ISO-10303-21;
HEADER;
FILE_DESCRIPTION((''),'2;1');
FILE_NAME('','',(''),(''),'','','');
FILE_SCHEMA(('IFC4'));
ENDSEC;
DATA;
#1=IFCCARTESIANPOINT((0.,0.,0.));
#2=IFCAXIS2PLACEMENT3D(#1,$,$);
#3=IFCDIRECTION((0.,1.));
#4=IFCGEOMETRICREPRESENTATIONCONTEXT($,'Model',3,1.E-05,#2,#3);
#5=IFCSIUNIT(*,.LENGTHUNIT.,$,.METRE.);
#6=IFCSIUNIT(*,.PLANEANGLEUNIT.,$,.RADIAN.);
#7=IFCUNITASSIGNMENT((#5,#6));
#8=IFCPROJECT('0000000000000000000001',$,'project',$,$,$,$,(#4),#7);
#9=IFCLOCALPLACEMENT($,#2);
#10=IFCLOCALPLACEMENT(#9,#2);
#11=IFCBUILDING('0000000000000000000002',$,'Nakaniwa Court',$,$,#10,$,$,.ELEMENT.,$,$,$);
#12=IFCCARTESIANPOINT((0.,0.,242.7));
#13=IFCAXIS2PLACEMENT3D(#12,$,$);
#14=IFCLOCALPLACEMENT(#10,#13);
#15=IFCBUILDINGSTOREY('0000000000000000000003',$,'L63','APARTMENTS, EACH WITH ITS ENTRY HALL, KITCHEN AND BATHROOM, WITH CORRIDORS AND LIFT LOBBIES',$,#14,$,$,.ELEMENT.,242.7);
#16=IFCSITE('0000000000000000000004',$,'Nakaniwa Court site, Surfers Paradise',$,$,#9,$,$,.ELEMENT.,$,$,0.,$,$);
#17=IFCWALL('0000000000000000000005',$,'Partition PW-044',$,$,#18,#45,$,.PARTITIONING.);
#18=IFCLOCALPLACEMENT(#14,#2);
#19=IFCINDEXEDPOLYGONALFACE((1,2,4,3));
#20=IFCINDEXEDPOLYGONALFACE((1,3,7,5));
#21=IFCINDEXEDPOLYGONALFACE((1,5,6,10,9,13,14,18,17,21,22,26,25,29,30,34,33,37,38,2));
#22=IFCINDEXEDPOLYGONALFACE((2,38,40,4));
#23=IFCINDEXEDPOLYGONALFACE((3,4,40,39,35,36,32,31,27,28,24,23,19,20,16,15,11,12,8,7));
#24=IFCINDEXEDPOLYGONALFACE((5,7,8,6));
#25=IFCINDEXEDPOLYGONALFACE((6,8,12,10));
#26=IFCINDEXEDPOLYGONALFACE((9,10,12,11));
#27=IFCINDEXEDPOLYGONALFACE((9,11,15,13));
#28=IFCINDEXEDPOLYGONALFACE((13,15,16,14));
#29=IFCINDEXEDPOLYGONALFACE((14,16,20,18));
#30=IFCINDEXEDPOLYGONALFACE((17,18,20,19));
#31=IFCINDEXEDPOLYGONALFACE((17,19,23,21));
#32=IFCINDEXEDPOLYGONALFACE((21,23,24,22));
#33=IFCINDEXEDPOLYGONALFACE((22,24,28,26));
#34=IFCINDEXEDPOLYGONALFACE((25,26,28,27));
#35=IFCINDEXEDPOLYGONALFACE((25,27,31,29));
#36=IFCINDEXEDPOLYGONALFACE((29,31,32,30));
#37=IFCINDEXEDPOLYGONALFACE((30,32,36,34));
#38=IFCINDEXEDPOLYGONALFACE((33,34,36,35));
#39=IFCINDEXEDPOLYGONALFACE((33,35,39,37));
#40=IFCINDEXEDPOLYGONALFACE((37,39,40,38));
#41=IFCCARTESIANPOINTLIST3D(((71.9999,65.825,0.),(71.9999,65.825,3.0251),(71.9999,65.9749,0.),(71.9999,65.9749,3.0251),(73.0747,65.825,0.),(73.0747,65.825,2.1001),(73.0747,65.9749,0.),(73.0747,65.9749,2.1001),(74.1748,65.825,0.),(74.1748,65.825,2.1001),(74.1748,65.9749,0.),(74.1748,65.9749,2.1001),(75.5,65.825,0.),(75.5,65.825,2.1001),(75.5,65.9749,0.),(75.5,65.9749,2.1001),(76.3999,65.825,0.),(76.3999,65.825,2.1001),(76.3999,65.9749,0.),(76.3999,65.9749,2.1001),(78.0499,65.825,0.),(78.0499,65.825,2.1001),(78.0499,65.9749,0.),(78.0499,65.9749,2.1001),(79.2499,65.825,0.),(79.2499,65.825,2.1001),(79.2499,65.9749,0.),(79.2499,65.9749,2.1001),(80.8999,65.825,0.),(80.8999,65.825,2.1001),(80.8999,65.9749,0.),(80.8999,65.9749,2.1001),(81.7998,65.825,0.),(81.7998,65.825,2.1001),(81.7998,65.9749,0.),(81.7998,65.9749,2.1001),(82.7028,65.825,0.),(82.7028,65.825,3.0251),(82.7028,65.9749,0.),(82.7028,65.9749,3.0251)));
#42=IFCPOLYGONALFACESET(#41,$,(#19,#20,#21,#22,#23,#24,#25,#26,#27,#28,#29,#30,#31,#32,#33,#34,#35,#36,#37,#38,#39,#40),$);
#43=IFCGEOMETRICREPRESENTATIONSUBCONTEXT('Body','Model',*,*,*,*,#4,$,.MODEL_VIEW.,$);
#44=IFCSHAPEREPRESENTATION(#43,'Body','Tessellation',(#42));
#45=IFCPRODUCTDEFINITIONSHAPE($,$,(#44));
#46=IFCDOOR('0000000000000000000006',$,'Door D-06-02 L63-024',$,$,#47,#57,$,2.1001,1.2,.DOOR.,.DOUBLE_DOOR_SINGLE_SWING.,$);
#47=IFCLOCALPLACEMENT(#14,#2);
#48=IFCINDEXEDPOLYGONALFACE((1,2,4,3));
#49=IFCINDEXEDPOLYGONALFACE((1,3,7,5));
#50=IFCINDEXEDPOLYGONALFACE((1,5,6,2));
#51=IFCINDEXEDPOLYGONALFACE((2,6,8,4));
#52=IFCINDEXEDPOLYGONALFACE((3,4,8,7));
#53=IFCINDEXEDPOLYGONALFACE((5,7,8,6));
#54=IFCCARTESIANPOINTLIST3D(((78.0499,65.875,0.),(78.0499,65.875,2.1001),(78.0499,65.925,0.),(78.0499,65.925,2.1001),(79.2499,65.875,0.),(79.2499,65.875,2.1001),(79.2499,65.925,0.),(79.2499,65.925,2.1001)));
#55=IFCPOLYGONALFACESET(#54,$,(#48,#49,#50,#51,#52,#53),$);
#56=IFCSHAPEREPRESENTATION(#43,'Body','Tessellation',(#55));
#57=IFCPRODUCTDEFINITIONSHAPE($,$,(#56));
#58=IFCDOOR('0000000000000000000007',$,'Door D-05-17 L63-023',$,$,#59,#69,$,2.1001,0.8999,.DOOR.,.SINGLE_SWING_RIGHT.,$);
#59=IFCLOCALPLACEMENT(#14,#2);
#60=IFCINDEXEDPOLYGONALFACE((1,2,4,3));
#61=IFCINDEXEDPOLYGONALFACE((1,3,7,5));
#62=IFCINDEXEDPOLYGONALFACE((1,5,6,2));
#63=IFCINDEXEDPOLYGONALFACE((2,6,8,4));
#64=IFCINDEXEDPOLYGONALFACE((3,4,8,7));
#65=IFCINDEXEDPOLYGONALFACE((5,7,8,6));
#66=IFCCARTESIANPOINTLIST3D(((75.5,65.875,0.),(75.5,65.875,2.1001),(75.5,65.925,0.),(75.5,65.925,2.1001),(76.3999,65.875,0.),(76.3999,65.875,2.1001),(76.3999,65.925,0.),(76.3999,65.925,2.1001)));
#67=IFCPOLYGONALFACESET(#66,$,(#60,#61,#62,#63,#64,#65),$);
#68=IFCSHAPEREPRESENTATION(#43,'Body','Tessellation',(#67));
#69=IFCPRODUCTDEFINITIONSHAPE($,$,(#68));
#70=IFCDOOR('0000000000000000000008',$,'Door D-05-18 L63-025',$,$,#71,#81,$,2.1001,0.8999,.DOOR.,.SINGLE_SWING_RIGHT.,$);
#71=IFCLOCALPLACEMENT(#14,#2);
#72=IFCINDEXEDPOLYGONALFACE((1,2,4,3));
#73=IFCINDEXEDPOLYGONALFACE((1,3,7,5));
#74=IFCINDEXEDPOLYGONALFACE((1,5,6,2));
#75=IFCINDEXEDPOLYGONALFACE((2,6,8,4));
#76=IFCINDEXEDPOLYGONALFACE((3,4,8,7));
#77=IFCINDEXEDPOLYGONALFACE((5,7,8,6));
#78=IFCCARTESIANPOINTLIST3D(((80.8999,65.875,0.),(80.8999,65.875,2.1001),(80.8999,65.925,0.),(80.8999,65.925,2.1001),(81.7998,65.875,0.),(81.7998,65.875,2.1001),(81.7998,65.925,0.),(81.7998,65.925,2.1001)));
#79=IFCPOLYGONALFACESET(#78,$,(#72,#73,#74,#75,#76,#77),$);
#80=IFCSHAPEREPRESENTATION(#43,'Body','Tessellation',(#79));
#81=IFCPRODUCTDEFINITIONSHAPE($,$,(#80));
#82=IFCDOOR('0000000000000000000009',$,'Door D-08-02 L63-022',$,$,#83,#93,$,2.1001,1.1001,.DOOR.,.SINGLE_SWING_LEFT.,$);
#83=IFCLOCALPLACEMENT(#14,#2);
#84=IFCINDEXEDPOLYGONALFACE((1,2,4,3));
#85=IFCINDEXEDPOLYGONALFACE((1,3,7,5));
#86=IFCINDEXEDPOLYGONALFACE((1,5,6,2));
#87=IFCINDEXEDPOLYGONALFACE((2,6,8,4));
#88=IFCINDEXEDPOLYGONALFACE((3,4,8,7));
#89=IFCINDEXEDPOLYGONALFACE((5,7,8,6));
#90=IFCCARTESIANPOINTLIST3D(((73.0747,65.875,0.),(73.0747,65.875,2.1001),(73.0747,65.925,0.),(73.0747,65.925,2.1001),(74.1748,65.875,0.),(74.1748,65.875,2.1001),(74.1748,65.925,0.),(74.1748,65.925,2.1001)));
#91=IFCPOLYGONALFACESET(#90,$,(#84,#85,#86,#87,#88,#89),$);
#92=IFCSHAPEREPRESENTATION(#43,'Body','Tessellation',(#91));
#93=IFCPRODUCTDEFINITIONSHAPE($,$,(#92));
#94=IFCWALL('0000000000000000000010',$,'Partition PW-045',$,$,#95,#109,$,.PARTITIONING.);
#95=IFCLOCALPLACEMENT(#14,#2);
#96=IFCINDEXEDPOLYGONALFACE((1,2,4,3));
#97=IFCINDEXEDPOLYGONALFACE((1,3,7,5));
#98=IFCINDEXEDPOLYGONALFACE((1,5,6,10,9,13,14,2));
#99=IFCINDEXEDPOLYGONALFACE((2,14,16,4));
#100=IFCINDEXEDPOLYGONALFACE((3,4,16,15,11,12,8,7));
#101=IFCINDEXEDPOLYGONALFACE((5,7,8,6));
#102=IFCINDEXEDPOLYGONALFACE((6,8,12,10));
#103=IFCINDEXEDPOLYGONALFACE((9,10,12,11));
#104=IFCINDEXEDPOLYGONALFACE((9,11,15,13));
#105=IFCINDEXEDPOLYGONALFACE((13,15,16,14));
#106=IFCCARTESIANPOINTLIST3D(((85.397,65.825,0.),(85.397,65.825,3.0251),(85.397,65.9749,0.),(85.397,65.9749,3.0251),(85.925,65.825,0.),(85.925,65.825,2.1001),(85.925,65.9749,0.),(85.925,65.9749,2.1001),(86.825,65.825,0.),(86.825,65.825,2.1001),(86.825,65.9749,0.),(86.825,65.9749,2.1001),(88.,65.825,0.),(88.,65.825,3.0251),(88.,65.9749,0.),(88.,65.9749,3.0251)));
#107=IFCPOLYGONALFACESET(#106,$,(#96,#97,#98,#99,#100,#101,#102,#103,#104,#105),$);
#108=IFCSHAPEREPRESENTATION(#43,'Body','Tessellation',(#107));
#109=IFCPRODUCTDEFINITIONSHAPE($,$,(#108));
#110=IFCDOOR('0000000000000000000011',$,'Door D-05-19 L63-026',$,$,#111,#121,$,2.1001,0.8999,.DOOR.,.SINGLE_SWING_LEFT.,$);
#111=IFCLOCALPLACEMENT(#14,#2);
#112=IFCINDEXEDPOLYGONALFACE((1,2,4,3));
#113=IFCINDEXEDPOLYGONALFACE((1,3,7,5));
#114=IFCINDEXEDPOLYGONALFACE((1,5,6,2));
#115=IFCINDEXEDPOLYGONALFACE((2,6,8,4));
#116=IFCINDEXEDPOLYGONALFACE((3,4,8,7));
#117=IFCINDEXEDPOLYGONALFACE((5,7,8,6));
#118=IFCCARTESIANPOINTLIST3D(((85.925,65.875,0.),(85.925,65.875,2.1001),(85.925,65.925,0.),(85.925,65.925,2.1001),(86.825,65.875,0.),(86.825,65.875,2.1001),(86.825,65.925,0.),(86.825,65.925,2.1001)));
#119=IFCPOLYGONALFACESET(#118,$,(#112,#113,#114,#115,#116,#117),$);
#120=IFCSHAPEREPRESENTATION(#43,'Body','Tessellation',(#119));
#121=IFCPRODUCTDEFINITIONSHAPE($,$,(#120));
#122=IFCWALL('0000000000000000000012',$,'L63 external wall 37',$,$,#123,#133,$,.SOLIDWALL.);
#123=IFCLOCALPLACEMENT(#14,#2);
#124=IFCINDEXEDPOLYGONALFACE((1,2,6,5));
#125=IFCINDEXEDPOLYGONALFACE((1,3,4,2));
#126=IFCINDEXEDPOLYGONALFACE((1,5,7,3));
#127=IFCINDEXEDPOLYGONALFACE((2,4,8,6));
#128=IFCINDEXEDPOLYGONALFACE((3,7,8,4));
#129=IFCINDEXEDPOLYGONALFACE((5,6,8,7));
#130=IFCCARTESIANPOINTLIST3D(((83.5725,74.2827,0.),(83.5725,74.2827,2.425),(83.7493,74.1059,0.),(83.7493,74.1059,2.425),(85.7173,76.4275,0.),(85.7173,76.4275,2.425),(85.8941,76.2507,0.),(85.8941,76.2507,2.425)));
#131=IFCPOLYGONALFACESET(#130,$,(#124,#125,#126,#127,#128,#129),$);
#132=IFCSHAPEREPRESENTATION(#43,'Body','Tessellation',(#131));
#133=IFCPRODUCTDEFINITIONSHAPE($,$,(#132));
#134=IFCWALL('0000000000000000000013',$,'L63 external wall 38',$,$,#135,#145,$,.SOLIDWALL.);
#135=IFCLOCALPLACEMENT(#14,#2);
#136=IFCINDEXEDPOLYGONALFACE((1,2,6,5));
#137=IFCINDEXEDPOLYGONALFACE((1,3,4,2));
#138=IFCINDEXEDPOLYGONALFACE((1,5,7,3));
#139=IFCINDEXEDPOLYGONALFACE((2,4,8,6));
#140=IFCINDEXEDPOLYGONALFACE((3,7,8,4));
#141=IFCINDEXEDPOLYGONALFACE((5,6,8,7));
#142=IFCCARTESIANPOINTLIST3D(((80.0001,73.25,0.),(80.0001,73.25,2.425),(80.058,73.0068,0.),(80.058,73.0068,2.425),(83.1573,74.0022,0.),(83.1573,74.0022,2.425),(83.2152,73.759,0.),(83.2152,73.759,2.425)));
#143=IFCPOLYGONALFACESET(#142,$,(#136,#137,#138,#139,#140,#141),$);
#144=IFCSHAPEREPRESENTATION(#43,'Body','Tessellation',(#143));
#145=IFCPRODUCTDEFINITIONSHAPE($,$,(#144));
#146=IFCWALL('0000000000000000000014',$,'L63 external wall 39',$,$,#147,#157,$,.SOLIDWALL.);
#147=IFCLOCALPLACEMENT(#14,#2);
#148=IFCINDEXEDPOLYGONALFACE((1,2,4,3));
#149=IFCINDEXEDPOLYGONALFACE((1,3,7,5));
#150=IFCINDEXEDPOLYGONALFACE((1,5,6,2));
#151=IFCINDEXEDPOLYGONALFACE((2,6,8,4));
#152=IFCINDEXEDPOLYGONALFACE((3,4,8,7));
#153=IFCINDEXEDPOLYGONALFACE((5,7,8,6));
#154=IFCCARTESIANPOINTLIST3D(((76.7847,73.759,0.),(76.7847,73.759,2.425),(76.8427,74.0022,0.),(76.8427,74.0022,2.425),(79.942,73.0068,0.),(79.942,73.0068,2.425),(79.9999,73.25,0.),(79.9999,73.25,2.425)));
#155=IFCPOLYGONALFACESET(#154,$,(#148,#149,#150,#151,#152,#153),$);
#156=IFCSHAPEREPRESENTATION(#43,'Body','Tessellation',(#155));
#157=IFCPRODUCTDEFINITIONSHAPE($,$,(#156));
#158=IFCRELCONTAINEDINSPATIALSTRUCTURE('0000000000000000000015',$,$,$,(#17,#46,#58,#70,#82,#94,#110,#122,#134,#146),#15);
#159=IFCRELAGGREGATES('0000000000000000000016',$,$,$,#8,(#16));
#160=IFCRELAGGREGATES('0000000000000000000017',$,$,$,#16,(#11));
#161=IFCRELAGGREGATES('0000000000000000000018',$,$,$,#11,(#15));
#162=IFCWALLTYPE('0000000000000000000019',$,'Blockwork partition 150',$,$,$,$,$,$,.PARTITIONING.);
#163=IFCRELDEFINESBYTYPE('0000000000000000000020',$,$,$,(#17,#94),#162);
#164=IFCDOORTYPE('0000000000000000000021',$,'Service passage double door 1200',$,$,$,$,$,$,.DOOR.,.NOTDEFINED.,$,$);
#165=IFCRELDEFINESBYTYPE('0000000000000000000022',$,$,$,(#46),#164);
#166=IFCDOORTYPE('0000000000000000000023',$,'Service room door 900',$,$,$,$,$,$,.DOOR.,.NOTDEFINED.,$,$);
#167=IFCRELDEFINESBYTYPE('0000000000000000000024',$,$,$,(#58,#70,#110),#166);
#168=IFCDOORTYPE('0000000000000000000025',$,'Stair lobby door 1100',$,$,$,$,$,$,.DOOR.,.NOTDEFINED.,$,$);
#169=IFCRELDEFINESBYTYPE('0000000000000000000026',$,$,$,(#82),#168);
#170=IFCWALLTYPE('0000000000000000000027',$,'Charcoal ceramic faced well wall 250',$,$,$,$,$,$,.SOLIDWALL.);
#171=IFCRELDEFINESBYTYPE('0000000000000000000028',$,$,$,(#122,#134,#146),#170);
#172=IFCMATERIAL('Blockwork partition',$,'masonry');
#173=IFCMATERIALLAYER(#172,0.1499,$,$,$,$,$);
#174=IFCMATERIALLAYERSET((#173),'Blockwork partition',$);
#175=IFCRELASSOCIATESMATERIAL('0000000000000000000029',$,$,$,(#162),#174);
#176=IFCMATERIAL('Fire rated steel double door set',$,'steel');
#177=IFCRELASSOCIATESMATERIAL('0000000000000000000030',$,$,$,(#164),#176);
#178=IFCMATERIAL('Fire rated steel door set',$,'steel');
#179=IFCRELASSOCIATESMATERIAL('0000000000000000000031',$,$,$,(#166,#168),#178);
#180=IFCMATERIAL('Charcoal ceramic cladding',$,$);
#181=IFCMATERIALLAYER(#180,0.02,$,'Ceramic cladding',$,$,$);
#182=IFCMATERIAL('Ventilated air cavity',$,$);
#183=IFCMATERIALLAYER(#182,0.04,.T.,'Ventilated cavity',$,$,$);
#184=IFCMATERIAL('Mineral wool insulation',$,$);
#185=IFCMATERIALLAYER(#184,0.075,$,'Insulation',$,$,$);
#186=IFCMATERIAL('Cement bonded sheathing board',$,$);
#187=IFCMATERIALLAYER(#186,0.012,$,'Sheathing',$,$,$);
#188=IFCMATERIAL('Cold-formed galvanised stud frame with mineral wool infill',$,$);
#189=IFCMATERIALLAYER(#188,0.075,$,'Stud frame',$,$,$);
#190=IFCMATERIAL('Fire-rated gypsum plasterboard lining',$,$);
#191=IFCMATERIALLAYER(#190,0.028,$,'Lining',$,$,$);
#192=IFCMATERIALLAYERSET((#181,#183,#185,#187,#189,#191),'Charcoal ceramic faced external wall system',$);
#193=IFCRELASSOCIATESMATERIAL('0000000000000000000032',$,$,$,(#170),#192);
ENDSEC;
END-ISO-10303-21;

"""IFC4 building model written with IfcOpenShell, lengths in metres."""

from ifc_helpers import new_model, si_unit, direction, frame, frame_2d, origin, place, context, subcontext, project, spatial, rectangle, extrude, material, layer, layer_set, type_object, element, fill, save


model = new_model("IFC4")

# Units and contexts
model_context = context("Model", 3, precision=1e-05, world=origin(), true_north=direction((0.0, 1.0)))
body_context = subcontext(model_context, "Body", "Model", "MODEL_VIEW")
ifc_project = project(units=[si_unit("LENGTHUNIT", "METRE"), si_unit("PLANEANGLEUNIT", "RADIAN")], contexts=[model_context])

# Site, building, storey
site_placement = place(None, origin())
site = spatial("IfcSite", under=ifc_project, at=site_placement, Name="Nakaniwa Court site, Surfers Paradise", CompositionType="ELEMENT", RefElevation=0.0)
building_placement = place(site_placement, origin())
building = spatial("IfcBuilding", under=site, at=building_placement, Name="Nakaniwa Court", CompositionType="ELEMENT")
storey_placement = place(building_placement, frame((0.0, 0.0, 242.7)))
storey = spatial("IfcBuildingStorey", under=building, at=storey_placement, Name="L63", Description="APARTMENTS, EACH WITH ITS ENTRY HALL, KITCHEN AND BATHROOM, WITH CORRIDORS AND LIFT LOBBIES", CompositionType="ELEMENT", Elevation=242.7)

# Shared definitions
ifc_material_1 = material(Name="Blockwork partition", Category="masonry")
ifc_layer_1 = layer(ifc_material_1, 0.1499)
ifc_layer_set_1 = layer_set([ifc_layer_1], Name="Blockwork partition")
wall_type_1 = type_object("IfcWallType", Name="Blockwork partition 150", PredefinedType="PARTITIONING", material=ifc_layer_set_1)

# Wall, openings, doors
wall_1_placement = place(storey_placement, frame((82.7029, 65.8999, 0.0), z_axis=(0.0, 0.0, 1.0), x_axis=(-1.0, 0.0, 0.0)))
wall_1 = element("IfcWall", 1, at=wall_1_placement, inside=storey, type_object=wall_type_1, Name="Partition PW-044", PredefinedType="PARTITIONING", context=body_context, shape_type="SweptSolid", body=[
    extrude(rectangle(XDim=10.7029, YDim=0.1499, at=frame_2d((5.3516, 0.0))), origin(), (0.0, 0.0, 1.0), 3.0251),
])
opening_1_placement = place(wall_1_placement, frame((8.5281, 0.0, 0.0)))
opening_1 = element("IfcOpeningElement", 2, at=opening_1_placement, cuts=wall_1, PredefinedType="OPENING", context=body_context, shape_type="SweptSolid", body=[
    extrude(rectangle(XDim=1.1001, YDim=2.1001, at=frame_2d((0.55, 1.05))), frame((0.0, 0.085, 0.0), z_axis=(0.0, -1.0, 0.0), x_axis=(1.0, 0.0, 0.0)), (0.0, 0.0, 1.0), 0.1699),
])
opening_2_placement = place(wall_1_placement, frame((6.303, 0.0, 0.0)))
opening_2 = element("IfcOpeningElement", 3, at=opening_2_placement, cuts=wall_1, PredefinedType="OPENING", context=body_context, shape_type="SweptSolid", body=[
    extrude(rectangle(XDim=0.8999, YDim=2.1001, at=frame_2d((0.45, 1.05))), frame((0.0, 0.085, 0.0), z_axis=(0.0, -1.0, 0.0), x_axis=(1.0, 0.0, 0.0)), (0.0, 0.0, 1.0), 0.1699),
])
opening_3_placement = place(wall_1_placement, frame((3.4529, 0.0, 0.0)))
opening_3 = element("IfcOpeningElement", 4, at=opening_3_placement, cuts=wall_1, PredefinedType="OPENING", context=body_context, shape_type="SweptSolid", body=[
    extrude(rectangle(XDim=1.2, YDim=2.1001, at=frame_2d((0.6001, 1.05))), frame((0.0, 0.085, 0.0), z_axis=(0.0, -1.0, 0.0), x_axis=(1.0, 0.0, 0.0)), (0.0, 0.0, 1.0), 0.1699),
])
opening_4_placement = place(wall_1_placement, frame((0.9031, 0.0, 0.0)))
opening_4 = element("IfcOpeningElement", 5, at=opening_4_placement, cuts=wall_1, PredefinedType="OPENING", context=body_context, shape_type="SweptSolid", body=[
    extrude(rectangle(XDim=0.8999, YDim=2.1001, at=frame_2d((0.45, 1.05))), frame((0.0, 0.085, 0.0), z_axis=(0.0, -1.0, 0.0), x_axis=(1.0, 0.0, 0.0)), (0.0, 0.0, 1.0), 0.1699),
])
ifc_material_2 = material(Name="Fire rated steel double door set", Category="steel")
door_type_1 = type_object("IfcDoorType", Name="Service passage double door 1200", OperationType="NOTDEFINED", PredefinedType="DOOR", material=ifc_material_2)
door_1_placement = place(opening_3_placement, origin())
door_1 = element("IfcDoor", 6, at=door_1_placement, inside=storey, type_object=door_type_1, Name="Door D-06-02 L63-024", OperationType="DOUBLE_DOOR_SINGLE_SWING", OverallHeight=2.1001, OverallWidth=1.2, PredefinedType="DOOR", context=body_context, shape_type="SweptSolid", body=[
    extrude(rectangle(XDim=1.2, YDim=2.1001, at=frame_2d((0.6001, 1.05))), frame((0.0, 0.0249, 0.0), z_axis=(0.0, -1.0, 0.0), x_axis=(1.0, 0.0, 0.0)), (0.0, 0.0, 1.0), 0.05),
])
fill(opening_3, door_1)
ifc_material_3 = material(Name="Fire rated steel door set", Category="steel")
door_type_2 = type_object("IfcDoorType", Name="Service room door 900", OperationType="NOTDEFINED", PredefinedType="DOOR", material=ifc_material_3)
door_2_placement = place(opening_2_placement, origin())
door_2 = element("IfcDoor", 7, at=door_2_placement, inside=storey, type_object=door_type_2, Name="Door D-05-17 L63-023", OperationType="SINGLE_SWING_RIGHT", OverallHeight=2.1001, OverallWidth=0.8999, PredefinedType="DOOR", context=body_context, shape_type="SweptSolid", body=[
    extrude(rectangle(XDim=0.8999, YDim=2.1001, at=frame_2d((0.45, 1.05))), frame((0.0, 0.0249, 0.0), z_axis=(0.0, -1.0, 0.0), x_axis=(1.0, 0.0, 0.0)), (0.0, 0.0, 1.0), 0.05),
])
fill(opening_2, door_2)
door_3_placement = place(opening_4_placement, origin())
door_3 = element("IfcDoor", 8, at=door_3_placement, inside=storey, type_object=door_type_2, Name="Door D-05-18 L63-025", OperationType="SINGLE_SWING_RIGHT", OverallHeight=2.1001, OverallWidth=0.8999, PredefinedType="DOOR", context=body_context, shape_type="SweptSolid", body=[
    extrude(rectangle(XDim=0.8999, YDim=2.1001, at=frame_2d((0.45, 1.05))), frame((0.0, 0.0249, 0.0), z_axis=(0.0, -1.0, 0.0), x_axis=(1.0, 0.0, 0.0)), (0.0, 0.0, 1.0), 0.05),
])
fill(opening_4, door_3)
door_type_3 = type_object("IfcDoorType", Name="Stair lobby door 1100", OperationType="NOTDEFINED", PredefinedType="DOOR", material=ifc_material_3)
door_4_placement = place(opening_1_placement, origin())
door_4 = element("IfcDoor", 9, at=door_4_placement, inside=storey, type_object=door_type_3, Name="Door D-08-02 L63-022", OperationType="SINGLE_SWING_LEFT", OverallHeight=2.1001, OverallWidth=1.1001, PredefinedType="DOOR", context=body_context, shape_type="SweptSolid", body=[
    extrude(rectangle(XDim=1.1001, YDim=2.1001, at=frame_2d((0.55, 1.05))), frame((0.0, 0.0249, 0.0), z_axis=(0.0, -1.0, 0.0), x_axis=(1.0, 0.0, 0.0)), (0.0, 0.0, 1.0), 0.05),
])
fill(opening_1, door_4)

# Wall, opening, door
wall_2_placement = place(storey_placement, frame((88.0, 65.8999, 0.0), z_axis=(0.0, 0.0, 1.0), x_axis=(-1.0, 0.0, 0.0)))
wall_2 = element("IfcWall", 10, at=wall_2_placement, inside=storey, type_object=wall_type_1, Name="Partition PW-045", PredefinedType="PARTITIONING", context=body_context, shape_type="SweptSolid", body=[
    extrude(rectangle(XDim=2.603, YDim=0.1499, at=frame_2d((1.3015, 0.0))), origin(), (0.0, 0.0, 1.0), 3.0251),
])
opening_5_placement = place(wall_2_placement, frame((1.175, 0.0, 0.0)))
opening_5 = element("IfcOpeningElement", 11, at=opening_5_placement, cuts=wall_2, PredefinedType="OPENING", context=body_context, shape_type="SweptSolid", body=[
    extrude(rectangle(XDim=0.8999, YDim=2.1001, at=frame_2d((0.45, 1.05))), frame((0.0, 0.085, 0.0), z_axis=(0.0, -1.0, 0.0), x_axis=(1.0, 0.0, 0.0)), (0.0, 0.0, 1.0), 0.1699),
])
door_5_placement = place(opening_5_placement, origin())
door_5 = element("IfcDoor", 12, at=door_5_placement, inside=storey, type_object=door_type_2, Name="Door D-05-19 L63-026", OperationType="SINGLE_SWING_LEFT", OverallHeight=2.1001, OverallWidth=0.8999, PredefinedType="DOOR", context=body_context, shape_type="SweptSolid", body=[
    extrude(rectangle(XDim=0.8999, YDim=2.1001, at=frame_2d((0.45, 1.05))), frame((0.0, 0.0249, 0.0), z_axis=(0.0, -1.0, 0.0), x_axis=(1.0, 0.0, 0.0)), (0.0, 0.0, 1.0), 0.05),
])
fill(opening_5, door_5)

# Walls
ifc_material_4 = material(Name="Charcoal ceramic cladding")
ifc_layer_2 = layer(ifc_material_4, 0.02, Name="Ceramic cladding")
ifc_material_5 = material(Name="Ventilated air cavity")
ifc_layer_3 = layer(ifc_material_5, 0.04, ventilated=True, Name="Ventilated cavity")
ifc_material_6 = material(Name="Mineral wool insulation")
ifc_layer_4 = layer(ifc_material_6, 0.075, Name="Insulation")
ifc_material_7 = material(Name="Cement bonded sheathing board")
ifc_layer_5 = layer(ifc_material_7, 0.012, Name="Sheathing")
ifc_material_8 = material(Name="Cold-formed galvanised stud frame with mineral wool infill")
ifc_layer_6 = layer(ifc_material_8, 0.075, Name="Stud frame")
ifc_material_9 = material(Name="Fire-rated gypsum plasterboard lining")
ifc_layer_7 = layer(ifc_material_9, 0.028, Name="Lining")
ifc_layer_set_2 = layer_set([ifc_layer_2, ifc_layer_3, ifc_layer_4, ifc_layer_5, ifc_layer_6, ifc_layer_7], Name="Charcoal ceramic faced external wall system")
wall_type_2 = type_object("IfcWallType", Name="Charcoal ceramic faced well wall 250", PredefinedType="SOLIDWALL", material=ifc_layer_set_2)
wall_3_placement = place(storey_placement, frame((85.8057, 76.3391, 0.0), z_axis=(0.0, 0.0, 1.0), x_axis=(-0.707107, -0.707107, 0.0)))
element("IfcWall", 13, at=wall_3_placement, inside=storey, type_object=wall_type_2, Name="L63 external wall 37", PredefinedType="SOLIDWALL", context=body_context, shape_type="SweptSolid", body=[
    extrude(rectangle(XDim=3.0332, YDim=0.25, at=frame_2d((1.5166, 0.0))), origin(), (0.0, 0.0, 1.0), 2.425),
])
for number, where, z_axis, x_axis, name in (
    (14, (83.1863, 73.8806, 0.0), (0.0, 0.0, 1.0), (-0.972773, -0.23176, 0.0), "L63 external wall 38"),
    (15, (79.9709, 73.1284, 0.0), (0.0, 0.0, 1.0), (-0.972773, 0.23176, 0.0), "L63 external wall 39"),
):
    element("IfcWall", number, at=place(storey_placement, frame(where, z_axis=z_axis, x_axis=x_axis)), inside=storey, type_object=wall_type_2, Name=name, PredefinedType="SOLIDWALL", context=body_context, shape_type="SweptSolid", body=[
        extrude(rectangle(XDim=3.2456, YDim=0.25, at=frame_2d((1.6228, 0.0))), origin(), (0.0, 0.0, 1.0), 2.425),
    ])

save(model, "model.ifc")
